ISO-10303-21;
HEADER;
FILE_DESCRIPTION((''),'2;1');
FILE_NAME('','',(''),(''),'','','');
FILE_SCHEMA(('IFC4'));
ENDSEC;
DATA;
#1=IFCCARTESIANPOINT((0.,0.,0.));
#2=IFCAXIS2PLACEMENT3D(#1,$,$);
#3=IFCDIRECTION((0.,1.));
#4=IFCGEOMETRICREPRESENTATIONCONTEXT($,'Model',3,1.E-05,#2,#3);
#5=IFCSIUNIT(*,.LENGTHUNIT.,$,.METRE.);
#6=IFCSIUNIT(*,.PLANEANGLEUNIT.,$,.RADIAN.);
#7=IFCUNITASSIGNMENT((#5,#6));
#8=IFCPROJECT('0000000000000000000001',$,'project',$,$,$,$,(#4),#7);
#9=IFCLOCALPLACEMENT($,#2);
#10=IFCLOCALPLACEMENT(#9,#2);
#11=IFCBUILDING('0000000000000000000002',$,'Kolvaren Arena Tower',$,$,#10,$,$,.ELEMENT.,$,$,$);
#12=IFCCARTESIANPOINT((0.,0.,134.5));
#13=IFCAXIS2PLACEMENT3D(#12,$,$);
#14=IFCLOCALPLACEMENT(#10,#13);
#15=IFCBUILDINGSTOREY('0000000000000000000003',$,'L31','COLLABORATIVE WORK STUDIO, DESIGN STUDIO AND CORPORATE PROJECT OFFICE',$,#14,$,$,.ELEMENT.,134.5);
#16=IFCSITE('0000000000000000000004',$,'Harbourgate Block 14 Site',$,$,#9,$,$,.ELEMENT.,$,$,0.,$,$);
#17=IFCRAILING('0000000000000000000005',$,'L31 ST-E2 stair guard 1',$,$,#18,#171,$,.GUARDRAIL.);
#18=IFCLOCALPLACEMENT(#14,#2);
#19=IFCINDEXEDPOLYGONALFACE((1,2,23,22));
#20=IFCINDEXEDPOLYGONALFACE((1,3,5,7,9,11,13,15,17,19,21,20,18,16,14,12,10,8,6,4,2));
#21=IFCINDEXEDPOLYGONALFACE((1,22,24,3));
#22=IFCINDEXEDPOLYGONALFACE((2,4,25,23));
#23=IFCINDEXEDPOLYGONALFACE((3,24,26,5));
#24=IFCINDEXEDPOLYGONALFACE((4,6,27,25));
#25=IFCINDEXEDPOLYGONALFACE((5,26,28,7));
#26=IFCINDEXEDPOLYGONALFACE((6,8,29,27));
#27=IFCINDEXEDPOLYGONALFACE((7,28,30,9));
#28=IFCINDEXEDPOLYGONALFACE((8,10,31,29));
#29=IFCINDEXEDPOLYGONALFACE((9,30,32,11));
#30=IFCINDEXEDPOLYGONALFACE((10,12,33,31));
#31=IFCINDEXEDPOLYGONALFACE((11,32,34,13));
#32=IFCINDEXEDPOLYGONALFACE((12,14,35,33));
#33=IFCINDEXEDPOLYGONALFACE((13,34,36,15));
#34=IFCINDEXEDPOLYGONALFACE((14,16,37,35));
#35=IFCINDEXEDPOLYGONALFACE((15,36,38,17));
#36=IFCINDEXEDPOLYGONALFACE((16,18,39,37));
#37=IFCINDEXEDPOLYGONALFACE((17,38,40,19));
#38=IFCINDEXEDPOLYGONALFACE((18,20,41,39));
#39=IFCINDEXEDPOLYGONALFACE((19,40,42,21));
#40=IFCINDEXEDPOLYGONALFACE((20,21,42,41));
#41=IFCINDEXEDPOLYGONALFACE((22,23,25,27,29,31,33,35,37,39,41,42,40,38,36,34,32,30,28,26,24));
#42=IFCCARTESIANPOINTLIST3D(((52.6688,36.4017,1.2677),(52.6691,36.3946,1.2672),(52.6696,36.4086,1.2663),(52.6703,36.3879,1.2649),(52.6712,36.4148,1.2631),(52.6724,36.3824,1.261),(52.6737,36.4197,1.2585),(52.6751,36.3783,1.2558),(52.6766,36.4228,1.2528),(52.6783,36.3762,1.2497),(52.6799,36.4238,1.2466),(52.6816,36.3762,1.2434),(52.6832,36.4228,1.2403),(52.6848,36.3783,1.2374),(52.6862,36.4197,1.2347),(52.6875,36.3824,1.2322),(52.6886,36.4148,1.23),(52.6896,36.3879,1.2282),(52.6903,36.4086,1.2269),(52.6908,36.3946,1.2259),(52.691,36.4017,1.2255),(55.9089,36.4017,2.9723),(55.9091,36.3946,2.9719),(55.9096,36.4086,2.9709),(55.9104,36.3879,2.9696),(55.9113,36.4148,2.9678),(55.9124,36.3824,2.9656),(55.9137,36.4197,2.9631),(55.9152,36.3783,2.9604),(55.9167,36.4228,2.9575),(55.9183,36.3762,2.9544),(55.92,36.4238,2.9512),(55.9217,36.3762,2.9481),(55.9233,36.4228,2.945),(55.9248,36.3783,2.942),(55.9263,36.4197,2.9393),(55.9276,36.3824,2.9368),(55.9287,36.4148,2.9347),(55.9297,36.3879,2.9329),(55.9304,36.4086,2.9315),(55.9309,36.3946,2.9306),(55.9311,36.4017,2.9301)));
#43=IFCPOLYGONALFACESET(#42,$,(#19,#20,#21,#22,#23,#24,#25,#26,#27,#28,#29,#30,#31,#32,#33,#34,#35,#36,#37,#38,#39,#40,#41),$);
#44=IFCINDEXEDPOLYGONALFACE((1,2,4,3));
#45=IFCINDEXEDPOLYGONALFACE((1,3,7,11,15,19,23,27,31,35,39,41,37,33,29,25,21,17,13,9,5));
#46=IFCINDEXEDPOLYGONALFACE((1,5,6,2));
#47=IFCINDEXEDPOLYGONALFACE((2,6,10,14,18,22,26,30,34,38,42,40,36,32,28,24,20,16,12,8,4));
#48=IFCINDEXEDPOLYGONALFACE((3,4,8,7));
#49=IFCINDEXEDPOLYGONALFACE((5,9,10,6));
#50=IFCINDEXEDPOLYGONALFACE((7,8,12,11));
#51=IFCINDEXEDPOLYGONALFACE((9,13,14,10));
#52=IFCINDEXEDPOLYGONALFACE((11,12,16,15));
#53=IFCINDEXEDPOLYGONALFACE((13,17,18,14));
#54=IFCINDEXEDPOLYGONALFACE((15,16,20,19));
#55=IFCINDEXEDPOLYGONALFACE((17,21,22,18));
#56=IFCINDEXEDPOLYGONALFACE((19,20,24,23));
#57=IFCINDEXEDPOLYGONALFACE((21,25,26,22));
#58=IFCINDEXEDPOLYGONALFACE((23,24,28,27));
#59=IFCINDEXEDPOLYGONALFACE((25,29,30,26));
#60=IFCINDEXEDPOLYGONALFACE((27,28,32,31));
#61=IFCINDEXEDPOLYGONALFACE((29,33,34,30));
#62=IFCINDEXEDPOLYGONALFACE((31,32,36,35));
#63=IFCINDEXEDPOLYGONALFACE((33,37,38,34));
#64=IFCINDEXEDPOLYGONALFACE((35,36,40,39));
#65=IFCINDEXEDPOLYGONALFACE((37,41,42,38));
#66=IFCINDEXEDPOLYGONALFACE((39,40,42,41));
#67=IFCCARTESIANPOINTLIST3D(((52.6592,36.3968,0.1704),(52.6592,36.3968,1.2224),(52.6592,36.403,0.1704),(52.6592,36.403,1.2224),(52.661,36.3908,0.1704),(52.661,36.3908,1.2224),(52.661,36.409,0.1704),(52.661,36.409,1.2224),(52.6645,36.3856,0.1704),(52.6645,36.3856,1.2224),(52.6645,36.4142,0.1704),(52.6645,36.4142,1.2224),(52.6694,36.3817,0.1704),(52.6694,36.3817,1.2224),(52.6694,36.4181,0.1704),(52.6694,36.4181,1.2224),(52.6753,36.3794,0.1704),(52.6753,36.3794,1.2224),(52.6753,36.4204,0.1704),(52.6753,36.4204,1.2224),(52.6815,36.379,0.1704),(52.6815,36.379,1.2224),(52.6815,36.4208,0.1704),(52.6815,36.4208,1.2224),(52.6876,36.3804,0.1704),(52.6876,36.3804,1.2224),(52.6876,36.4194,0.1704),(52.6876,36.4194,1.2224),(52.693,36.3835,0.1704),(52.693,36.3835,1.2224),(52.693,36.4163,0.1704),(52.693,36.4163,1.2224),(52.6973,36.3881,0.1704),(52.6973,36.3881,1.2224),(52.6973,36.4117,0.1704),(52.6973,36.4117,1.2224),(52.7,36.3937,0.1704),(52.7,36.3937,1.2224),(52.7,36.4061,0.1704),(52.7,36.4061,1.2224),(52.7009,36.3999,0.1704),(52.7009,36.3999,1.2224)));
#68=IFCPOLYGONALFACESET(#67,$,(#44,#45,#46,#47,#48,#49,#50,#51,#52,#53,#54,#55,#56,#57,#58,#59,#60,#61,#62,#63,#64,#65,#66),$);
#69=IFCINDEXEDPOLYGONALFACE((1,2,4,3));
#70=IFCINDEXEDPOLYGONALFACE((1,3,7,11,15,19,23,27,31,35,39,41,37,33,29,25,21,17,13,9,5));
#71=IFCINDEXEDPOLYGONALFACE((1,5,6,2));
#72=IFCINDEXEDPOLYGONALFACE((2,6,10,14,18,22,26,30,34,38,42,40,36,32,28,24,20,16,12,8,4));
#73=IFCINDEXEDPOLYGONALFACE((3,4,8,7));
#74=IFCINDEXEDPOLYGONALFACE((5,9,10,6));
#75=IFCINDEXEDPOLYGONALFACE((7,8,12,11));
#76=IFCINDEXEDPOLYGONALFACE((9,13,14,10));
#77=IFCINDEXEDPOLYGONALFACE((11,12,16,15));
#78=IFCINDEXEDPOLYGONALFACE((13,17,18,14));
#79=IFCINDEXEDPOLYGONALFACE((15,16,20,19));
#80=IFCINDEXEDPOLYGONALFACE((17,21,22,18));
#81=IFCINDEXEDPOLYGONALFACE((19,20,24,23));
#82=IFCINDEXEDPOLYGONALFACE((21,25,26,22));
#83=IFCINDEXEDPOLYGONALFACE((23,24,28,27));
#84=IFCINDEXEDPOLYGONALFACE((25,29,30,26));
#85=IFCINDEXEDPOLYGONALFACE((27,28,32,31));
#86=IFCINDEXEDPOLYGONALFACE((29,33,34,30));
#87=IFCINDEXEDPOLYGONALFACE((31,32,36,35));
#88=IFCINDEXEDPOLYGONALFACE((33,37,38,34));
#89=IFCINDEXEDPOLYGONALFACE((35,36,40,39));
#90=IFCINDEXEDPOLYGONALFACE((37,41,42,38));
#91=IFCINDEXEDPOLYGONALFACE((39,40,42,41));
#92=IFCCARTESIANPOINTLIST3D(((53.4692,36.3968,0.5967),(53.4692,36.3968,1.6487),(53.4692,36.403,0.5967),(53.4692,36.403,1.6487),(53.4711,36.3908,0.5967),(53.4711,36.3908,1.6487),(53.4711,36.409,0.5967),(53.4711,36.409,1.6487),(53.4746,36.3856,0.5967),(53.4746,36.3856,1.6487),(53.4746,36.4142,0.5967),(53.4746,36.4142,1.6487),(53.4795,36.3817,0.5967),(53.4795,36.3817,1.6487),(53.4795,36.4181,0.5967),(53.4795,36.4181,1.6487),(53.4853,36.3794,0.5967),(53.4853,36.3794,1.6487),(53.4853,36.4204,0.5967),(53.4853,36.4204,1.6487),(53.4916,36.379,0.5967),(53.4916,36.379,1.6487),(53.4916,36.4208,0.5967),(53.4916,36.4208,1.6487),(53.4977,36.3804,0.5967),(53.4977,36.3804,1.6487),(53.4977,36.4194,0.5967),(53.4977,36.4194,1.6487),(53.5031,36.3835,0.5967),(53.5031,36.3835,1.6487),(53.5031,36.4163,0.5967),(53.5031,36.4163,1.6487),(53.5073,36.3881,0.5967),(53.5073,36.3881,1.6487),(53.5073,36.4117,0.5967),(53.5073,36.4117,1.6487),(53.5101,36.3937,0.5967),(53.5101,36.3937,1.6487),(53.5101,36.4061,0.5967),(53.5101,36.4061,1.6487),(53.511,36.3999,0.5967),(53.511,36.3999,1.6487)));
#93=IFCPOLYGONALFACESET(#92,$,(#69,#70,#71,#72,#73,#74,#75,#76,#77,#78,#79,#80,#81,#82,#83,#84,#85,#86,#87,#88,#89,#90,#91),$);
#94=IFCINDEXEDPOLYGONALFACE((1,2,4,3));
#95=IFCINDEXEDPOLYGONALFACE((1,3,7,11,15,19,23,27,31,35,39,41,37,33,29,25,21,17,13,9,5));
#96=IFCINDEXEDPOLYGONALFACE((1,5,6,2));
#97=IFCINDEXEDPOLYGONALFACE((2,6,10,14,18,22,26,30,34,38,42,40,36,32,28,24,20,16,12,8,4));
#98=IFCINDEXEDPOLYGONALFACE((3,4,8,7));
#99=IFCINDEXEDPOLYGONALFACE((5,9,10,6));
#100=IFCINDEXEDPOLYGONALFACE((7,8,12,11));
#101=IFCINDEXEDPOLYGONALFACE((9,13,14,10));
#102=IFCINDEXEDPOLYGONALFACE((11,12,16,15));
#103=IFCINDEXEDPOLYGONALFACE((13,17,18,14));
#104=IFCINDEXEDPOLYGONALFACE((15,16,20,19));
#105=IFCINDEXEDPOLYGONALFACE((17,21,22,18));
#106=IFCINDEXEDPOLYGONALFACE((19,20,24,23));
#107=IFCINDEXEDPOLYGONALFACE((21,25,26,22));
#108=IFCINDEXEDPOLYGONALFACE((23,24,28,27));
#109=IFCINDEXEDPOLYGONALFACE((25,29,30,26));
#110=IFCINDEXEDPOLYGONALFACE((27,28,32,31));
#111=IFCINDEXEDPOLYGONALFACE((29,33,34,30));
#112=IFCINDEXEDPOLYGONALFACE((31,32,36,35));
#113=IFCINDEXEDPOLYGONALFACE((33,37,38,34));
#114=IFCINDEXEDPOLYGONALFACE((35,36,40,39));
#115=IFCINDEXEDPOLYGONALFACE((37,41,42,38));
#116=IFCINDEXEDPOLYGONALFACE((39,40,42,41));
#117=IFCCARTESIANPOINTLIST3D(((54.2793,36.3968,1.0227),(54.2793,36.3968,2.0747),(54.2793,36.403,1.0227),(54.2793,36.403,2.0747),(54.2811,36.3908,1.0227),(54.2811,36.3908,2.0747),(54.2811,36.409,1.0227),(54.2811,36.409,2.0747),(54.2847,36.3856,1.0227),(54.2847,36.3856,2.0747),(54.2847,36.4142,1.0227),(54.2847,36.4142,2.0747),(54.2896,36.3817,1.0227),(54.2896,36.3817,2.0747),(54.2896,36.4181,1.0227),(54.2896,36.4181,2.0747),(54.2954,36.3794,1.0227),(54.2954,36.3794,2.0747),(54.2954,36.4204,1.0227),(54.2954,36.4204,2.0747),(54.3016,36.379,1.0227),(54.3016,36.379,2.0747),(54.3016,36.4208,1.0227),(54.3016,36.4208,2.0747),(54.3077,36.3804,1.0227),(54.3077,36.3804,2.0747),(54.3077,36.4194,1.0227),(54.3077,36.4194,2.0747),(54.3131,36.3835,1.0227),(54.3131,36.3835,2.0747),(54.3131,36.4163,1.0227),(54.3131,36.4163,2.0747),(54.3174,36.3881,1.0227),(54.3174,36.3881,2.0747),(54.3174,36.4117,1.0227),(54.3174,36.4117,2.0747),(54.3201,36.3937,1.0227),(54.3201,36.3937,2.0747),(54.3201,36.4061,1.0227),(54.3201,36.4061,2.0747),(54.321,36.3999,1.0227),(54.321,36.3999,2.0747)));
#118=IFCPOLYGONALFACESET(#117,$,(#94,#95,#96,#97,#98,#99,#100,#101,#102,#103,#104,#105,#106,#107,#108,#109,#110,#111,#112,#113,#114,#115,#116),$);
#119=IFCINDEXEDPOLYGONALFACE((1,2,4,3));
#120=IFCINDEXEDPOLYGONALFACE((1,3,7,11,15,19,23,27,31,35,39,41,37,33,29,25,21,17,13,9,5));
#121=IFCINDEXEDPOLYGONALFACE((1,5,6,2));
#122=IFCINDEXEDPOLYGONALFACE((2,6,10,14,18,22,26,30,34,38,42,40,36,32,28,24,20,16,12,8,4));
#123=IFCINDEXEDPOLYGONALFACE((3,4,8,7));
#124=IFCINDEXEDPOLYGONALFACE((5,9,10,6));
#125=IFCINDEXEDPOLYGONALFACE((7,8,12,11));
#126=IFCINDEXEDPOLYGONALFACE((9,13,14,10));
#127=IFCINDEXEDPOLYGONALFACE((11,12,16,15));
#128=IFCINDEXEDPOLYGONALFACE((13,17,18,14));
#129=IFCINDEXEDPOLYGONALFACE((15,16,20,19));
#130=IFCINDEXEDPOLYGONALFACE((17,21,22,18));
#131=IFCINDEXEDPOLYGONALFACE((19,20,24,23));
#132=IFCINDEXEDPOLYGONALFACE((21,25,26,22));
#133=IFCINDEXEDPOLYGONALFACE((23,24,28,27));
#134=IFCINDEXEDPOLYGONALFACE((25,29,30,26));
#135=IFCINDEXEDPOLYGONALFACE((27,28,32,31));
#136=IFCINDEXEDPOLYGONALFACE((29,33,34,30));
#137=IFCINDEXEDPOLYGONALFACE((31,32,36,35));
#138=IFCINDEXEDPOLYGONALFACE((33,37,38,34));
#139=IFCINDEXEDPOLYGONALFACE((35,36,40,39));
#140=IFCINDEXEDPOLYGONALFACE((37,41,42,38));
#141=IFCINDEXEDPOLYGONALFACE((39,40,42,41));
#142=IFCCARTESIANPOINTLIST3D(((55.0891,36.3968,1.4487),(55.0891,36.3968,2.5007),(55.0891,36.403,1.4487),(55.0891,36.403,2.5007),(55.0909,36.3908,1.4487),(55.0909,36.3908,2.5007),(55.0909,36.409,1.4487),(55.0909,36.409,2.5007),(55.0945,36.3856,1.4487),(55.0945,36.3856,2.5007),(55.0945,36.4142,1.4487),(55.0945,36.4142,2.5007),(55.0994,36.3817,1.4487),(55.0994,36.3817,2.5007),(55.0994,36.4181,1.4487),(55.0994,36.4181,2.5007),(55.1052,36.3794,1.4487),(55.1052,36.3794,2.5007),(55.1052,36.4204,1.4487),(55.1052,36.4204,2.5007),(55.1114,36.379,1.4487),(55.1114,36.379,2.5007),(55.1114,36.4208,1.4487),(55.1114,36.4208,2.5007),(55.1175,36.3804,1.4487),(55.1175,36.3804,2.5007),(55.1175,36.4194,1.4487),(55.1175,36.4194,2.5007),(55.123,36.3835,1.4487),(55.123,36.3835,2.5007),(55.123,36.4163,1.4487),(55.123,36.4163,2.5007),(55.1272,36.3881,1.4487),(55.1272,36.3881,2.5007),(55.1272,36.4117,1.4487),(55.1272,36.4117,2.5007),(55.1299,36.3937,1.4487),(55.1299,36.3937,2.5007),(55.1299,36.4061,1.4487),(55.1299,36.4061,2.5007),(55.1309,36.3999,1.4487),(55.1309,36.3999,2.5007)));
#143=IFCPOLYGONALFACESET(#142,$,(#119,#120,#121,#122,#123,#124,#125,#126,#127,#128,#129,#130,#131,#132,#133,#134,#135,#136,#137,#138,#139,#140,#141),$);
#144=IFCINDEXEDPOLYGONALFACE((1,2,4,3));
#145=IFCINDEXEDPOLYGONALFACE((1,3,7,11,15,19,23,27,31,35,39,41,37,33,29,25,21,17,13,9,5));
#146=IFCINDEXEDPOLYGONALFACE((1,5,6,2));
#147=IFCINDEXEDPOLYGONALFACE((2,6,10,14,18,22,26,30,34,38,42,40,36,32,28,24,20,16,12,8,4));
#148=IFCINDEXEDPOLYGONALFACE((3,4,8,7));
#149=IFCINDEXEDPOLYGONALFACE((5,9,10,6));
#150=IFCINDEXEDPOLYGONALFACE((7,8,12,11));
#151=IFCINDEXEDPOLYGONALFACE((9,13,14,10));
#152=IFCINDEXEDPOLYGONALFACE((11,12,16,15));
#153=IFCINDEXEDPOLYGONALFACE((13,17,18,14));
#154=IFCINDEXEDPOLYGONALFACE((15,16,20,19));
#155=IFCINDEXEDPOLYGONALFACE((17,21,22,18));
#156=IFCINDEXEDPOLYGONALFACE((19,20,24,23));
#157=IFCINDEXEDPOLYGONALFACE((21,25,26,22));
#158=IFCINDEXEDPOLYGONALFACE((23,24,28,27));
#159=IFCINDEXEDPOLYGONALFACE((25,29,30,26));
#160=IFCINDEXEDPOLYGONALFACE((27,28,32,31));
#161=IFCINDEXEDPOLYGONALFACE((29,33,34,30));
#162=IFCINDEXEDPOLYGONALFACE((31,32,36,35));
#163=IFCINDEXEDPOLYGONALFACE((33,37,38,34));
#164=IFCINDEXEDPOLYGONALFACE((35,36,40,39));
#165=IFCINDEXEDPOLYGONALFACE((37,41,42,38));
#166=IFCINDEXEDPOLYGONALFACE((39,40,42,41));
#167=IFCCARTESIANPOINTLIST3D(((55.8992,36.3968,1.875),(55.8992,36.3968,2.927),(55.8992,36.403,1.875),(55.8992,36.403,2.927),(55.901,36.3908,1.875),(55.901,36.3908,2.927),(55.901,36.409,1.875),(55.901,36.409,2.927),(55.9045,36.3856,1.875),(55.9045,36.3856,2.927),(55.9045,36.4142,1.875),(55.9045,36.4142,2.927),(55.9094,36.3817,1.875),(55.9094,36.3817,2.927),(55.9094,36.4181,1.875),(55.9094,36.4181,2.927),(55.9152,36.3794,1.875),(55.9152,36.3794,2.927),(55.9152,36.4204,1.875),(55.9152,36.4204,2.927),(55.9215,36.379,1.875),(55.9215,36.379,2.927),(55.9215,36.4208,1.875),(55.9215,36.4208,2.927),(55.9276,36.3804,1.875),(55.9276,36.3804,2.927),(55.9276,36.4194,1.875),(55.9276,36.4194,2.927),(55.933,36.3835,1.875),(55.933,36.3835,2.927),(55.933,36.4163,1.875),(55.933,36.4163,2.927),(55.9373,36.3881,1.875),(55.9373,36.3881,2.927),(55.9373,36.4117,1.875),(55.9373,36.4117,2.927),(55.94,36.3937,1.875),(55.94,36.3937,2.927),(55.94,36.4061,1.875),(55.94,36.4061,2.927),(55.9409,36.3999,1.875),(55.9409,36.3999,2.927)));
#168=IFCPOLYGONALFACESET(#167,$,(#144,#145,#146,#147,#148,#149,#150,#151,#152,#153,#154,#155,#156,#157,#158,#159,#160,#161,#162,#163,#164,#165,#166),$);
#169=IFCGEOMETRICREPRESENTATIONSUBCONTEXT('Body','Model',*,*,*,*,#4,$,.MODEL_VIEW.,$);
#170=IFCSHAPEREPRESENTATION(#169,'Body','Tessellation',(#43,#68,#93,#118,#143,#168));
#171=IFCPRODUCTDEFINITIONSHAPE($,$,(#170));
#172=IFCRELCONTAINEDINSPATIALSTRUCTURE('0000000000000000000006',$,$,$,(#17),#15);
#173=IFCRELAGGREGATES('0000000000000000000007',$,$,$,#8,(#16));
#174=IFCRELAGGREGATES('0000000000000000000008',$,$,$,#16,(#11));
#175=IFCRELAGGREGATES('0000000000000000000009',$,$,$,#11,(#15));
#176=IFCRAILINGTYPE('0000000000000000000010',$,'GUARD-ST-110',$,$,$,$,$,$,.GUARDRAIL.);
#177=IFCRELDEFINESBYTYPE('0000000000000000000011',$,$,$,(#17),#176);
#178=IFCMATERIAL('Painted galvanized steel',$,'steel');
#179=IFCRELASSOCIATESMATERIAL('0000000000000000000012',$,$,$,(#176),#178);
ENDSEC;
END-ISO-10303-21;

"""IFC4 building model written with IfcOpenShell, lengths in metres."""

from ifc_helpers import new_model, si_unit, direction, frame, origin, origin_2d, place, context, subcontext, project, spatial, circle, extrude, material, type_object, element, save


model = new_model("IFC4")

# Units and contexts
model_context = context("Model", 3, precision=1e-05, world=origin(), true_north=direction((0.0, 1.0)))
body_context = subcontext(model_context, "Body", "Model", "MODEL_VIEW")
ifc_project = project(units=[si_unit("LENGTHUNIT", "METRE"), si_unit("PLANEANGLEUNIT", "RADIAN")], contexts=[model_context])

# Site, building, storey
site_placement = place(None, origin())
site = spatial("IfcSite", under=ifc_project, at=site_placement, Name="Harbourgate Block 14 Site", CompositionType="ELEMENT", RefElevation=0.0)
building_placement = place(site_placement, origin())
building = spatial("IfcBuilding", under=site, at=building_placement, Name="Kolvaren Arena Tower", CompositionType="ELEMENT")
storey_placement = place(building_placement, frame((0.0, 0.0, 134.5)))
storey = spatial("IfcBuildingStorey", under=building, at=storey_placement, Name="L31", Description="COLLABORATIVE WORK STUDIO, DESIGN STUDIO AND CORPORATE PROJECT OFFICE", CompositionType="ELEMENT", Elevation=134.5)

# Railing
ifc_material_1 = material(Name="Painted galvanized steel", Category="steel")
railing_type_1 = type_object("IfcRailingType", Name="GUARD-ST-110", PredefinedType="GUARDRAIL", material=ifc_material_1)
railing_1_placement = place(storey_placement, frame((52.6799, 36.3999, 0.1704)))
element("IfcRailing", 1, at=railing_1_placement, inside=storey, type_object=railing_type_1, Name="L31 ST-E2 stair guard 1", PredefinedType="GUARDRAIL", context=body_context, shape_type="SweptSolid", body=[
    extrude(circle(Radius=0.0239, at=origin_2d()), frame((0.0, 0.0, 1.0762), z_axis=(0.884993, 0.0, 0.465604), x_axis=(0.0, 1.0, 0.0)), (0.0, 0.0, 1.0), 3.6611),
    extrude(circle(Radius=0.021, at=origin_2d()), origin(), (0.0, 0.0, 1.0), 1.052),
    extrude(circle(Radius=0.021, at=origin_2d()), frame((0.8101, 0.0, 0.4263)), (0.0, 0.0, 1.0), 1.052),
    extrude(circle(Radius=0.021, at=origin_2d()), frame((1.6201, 0.0, 0.8523)), (0.0, 0.0, 1.0), 1.052),
    extrude(circle(Radius=0.021, at=origin_2d()), frame((2.4299, 0.0, 1.2783)), (0.0, 0.0, 1.0), 1.052),
    extrude(circle(Radius=0.021, at=origin_2d()), frame((3.24, 0.0, 1.7046)), (0.0, 0.0, 1.0), 1.052),
])

save(model, "model.ifc")
